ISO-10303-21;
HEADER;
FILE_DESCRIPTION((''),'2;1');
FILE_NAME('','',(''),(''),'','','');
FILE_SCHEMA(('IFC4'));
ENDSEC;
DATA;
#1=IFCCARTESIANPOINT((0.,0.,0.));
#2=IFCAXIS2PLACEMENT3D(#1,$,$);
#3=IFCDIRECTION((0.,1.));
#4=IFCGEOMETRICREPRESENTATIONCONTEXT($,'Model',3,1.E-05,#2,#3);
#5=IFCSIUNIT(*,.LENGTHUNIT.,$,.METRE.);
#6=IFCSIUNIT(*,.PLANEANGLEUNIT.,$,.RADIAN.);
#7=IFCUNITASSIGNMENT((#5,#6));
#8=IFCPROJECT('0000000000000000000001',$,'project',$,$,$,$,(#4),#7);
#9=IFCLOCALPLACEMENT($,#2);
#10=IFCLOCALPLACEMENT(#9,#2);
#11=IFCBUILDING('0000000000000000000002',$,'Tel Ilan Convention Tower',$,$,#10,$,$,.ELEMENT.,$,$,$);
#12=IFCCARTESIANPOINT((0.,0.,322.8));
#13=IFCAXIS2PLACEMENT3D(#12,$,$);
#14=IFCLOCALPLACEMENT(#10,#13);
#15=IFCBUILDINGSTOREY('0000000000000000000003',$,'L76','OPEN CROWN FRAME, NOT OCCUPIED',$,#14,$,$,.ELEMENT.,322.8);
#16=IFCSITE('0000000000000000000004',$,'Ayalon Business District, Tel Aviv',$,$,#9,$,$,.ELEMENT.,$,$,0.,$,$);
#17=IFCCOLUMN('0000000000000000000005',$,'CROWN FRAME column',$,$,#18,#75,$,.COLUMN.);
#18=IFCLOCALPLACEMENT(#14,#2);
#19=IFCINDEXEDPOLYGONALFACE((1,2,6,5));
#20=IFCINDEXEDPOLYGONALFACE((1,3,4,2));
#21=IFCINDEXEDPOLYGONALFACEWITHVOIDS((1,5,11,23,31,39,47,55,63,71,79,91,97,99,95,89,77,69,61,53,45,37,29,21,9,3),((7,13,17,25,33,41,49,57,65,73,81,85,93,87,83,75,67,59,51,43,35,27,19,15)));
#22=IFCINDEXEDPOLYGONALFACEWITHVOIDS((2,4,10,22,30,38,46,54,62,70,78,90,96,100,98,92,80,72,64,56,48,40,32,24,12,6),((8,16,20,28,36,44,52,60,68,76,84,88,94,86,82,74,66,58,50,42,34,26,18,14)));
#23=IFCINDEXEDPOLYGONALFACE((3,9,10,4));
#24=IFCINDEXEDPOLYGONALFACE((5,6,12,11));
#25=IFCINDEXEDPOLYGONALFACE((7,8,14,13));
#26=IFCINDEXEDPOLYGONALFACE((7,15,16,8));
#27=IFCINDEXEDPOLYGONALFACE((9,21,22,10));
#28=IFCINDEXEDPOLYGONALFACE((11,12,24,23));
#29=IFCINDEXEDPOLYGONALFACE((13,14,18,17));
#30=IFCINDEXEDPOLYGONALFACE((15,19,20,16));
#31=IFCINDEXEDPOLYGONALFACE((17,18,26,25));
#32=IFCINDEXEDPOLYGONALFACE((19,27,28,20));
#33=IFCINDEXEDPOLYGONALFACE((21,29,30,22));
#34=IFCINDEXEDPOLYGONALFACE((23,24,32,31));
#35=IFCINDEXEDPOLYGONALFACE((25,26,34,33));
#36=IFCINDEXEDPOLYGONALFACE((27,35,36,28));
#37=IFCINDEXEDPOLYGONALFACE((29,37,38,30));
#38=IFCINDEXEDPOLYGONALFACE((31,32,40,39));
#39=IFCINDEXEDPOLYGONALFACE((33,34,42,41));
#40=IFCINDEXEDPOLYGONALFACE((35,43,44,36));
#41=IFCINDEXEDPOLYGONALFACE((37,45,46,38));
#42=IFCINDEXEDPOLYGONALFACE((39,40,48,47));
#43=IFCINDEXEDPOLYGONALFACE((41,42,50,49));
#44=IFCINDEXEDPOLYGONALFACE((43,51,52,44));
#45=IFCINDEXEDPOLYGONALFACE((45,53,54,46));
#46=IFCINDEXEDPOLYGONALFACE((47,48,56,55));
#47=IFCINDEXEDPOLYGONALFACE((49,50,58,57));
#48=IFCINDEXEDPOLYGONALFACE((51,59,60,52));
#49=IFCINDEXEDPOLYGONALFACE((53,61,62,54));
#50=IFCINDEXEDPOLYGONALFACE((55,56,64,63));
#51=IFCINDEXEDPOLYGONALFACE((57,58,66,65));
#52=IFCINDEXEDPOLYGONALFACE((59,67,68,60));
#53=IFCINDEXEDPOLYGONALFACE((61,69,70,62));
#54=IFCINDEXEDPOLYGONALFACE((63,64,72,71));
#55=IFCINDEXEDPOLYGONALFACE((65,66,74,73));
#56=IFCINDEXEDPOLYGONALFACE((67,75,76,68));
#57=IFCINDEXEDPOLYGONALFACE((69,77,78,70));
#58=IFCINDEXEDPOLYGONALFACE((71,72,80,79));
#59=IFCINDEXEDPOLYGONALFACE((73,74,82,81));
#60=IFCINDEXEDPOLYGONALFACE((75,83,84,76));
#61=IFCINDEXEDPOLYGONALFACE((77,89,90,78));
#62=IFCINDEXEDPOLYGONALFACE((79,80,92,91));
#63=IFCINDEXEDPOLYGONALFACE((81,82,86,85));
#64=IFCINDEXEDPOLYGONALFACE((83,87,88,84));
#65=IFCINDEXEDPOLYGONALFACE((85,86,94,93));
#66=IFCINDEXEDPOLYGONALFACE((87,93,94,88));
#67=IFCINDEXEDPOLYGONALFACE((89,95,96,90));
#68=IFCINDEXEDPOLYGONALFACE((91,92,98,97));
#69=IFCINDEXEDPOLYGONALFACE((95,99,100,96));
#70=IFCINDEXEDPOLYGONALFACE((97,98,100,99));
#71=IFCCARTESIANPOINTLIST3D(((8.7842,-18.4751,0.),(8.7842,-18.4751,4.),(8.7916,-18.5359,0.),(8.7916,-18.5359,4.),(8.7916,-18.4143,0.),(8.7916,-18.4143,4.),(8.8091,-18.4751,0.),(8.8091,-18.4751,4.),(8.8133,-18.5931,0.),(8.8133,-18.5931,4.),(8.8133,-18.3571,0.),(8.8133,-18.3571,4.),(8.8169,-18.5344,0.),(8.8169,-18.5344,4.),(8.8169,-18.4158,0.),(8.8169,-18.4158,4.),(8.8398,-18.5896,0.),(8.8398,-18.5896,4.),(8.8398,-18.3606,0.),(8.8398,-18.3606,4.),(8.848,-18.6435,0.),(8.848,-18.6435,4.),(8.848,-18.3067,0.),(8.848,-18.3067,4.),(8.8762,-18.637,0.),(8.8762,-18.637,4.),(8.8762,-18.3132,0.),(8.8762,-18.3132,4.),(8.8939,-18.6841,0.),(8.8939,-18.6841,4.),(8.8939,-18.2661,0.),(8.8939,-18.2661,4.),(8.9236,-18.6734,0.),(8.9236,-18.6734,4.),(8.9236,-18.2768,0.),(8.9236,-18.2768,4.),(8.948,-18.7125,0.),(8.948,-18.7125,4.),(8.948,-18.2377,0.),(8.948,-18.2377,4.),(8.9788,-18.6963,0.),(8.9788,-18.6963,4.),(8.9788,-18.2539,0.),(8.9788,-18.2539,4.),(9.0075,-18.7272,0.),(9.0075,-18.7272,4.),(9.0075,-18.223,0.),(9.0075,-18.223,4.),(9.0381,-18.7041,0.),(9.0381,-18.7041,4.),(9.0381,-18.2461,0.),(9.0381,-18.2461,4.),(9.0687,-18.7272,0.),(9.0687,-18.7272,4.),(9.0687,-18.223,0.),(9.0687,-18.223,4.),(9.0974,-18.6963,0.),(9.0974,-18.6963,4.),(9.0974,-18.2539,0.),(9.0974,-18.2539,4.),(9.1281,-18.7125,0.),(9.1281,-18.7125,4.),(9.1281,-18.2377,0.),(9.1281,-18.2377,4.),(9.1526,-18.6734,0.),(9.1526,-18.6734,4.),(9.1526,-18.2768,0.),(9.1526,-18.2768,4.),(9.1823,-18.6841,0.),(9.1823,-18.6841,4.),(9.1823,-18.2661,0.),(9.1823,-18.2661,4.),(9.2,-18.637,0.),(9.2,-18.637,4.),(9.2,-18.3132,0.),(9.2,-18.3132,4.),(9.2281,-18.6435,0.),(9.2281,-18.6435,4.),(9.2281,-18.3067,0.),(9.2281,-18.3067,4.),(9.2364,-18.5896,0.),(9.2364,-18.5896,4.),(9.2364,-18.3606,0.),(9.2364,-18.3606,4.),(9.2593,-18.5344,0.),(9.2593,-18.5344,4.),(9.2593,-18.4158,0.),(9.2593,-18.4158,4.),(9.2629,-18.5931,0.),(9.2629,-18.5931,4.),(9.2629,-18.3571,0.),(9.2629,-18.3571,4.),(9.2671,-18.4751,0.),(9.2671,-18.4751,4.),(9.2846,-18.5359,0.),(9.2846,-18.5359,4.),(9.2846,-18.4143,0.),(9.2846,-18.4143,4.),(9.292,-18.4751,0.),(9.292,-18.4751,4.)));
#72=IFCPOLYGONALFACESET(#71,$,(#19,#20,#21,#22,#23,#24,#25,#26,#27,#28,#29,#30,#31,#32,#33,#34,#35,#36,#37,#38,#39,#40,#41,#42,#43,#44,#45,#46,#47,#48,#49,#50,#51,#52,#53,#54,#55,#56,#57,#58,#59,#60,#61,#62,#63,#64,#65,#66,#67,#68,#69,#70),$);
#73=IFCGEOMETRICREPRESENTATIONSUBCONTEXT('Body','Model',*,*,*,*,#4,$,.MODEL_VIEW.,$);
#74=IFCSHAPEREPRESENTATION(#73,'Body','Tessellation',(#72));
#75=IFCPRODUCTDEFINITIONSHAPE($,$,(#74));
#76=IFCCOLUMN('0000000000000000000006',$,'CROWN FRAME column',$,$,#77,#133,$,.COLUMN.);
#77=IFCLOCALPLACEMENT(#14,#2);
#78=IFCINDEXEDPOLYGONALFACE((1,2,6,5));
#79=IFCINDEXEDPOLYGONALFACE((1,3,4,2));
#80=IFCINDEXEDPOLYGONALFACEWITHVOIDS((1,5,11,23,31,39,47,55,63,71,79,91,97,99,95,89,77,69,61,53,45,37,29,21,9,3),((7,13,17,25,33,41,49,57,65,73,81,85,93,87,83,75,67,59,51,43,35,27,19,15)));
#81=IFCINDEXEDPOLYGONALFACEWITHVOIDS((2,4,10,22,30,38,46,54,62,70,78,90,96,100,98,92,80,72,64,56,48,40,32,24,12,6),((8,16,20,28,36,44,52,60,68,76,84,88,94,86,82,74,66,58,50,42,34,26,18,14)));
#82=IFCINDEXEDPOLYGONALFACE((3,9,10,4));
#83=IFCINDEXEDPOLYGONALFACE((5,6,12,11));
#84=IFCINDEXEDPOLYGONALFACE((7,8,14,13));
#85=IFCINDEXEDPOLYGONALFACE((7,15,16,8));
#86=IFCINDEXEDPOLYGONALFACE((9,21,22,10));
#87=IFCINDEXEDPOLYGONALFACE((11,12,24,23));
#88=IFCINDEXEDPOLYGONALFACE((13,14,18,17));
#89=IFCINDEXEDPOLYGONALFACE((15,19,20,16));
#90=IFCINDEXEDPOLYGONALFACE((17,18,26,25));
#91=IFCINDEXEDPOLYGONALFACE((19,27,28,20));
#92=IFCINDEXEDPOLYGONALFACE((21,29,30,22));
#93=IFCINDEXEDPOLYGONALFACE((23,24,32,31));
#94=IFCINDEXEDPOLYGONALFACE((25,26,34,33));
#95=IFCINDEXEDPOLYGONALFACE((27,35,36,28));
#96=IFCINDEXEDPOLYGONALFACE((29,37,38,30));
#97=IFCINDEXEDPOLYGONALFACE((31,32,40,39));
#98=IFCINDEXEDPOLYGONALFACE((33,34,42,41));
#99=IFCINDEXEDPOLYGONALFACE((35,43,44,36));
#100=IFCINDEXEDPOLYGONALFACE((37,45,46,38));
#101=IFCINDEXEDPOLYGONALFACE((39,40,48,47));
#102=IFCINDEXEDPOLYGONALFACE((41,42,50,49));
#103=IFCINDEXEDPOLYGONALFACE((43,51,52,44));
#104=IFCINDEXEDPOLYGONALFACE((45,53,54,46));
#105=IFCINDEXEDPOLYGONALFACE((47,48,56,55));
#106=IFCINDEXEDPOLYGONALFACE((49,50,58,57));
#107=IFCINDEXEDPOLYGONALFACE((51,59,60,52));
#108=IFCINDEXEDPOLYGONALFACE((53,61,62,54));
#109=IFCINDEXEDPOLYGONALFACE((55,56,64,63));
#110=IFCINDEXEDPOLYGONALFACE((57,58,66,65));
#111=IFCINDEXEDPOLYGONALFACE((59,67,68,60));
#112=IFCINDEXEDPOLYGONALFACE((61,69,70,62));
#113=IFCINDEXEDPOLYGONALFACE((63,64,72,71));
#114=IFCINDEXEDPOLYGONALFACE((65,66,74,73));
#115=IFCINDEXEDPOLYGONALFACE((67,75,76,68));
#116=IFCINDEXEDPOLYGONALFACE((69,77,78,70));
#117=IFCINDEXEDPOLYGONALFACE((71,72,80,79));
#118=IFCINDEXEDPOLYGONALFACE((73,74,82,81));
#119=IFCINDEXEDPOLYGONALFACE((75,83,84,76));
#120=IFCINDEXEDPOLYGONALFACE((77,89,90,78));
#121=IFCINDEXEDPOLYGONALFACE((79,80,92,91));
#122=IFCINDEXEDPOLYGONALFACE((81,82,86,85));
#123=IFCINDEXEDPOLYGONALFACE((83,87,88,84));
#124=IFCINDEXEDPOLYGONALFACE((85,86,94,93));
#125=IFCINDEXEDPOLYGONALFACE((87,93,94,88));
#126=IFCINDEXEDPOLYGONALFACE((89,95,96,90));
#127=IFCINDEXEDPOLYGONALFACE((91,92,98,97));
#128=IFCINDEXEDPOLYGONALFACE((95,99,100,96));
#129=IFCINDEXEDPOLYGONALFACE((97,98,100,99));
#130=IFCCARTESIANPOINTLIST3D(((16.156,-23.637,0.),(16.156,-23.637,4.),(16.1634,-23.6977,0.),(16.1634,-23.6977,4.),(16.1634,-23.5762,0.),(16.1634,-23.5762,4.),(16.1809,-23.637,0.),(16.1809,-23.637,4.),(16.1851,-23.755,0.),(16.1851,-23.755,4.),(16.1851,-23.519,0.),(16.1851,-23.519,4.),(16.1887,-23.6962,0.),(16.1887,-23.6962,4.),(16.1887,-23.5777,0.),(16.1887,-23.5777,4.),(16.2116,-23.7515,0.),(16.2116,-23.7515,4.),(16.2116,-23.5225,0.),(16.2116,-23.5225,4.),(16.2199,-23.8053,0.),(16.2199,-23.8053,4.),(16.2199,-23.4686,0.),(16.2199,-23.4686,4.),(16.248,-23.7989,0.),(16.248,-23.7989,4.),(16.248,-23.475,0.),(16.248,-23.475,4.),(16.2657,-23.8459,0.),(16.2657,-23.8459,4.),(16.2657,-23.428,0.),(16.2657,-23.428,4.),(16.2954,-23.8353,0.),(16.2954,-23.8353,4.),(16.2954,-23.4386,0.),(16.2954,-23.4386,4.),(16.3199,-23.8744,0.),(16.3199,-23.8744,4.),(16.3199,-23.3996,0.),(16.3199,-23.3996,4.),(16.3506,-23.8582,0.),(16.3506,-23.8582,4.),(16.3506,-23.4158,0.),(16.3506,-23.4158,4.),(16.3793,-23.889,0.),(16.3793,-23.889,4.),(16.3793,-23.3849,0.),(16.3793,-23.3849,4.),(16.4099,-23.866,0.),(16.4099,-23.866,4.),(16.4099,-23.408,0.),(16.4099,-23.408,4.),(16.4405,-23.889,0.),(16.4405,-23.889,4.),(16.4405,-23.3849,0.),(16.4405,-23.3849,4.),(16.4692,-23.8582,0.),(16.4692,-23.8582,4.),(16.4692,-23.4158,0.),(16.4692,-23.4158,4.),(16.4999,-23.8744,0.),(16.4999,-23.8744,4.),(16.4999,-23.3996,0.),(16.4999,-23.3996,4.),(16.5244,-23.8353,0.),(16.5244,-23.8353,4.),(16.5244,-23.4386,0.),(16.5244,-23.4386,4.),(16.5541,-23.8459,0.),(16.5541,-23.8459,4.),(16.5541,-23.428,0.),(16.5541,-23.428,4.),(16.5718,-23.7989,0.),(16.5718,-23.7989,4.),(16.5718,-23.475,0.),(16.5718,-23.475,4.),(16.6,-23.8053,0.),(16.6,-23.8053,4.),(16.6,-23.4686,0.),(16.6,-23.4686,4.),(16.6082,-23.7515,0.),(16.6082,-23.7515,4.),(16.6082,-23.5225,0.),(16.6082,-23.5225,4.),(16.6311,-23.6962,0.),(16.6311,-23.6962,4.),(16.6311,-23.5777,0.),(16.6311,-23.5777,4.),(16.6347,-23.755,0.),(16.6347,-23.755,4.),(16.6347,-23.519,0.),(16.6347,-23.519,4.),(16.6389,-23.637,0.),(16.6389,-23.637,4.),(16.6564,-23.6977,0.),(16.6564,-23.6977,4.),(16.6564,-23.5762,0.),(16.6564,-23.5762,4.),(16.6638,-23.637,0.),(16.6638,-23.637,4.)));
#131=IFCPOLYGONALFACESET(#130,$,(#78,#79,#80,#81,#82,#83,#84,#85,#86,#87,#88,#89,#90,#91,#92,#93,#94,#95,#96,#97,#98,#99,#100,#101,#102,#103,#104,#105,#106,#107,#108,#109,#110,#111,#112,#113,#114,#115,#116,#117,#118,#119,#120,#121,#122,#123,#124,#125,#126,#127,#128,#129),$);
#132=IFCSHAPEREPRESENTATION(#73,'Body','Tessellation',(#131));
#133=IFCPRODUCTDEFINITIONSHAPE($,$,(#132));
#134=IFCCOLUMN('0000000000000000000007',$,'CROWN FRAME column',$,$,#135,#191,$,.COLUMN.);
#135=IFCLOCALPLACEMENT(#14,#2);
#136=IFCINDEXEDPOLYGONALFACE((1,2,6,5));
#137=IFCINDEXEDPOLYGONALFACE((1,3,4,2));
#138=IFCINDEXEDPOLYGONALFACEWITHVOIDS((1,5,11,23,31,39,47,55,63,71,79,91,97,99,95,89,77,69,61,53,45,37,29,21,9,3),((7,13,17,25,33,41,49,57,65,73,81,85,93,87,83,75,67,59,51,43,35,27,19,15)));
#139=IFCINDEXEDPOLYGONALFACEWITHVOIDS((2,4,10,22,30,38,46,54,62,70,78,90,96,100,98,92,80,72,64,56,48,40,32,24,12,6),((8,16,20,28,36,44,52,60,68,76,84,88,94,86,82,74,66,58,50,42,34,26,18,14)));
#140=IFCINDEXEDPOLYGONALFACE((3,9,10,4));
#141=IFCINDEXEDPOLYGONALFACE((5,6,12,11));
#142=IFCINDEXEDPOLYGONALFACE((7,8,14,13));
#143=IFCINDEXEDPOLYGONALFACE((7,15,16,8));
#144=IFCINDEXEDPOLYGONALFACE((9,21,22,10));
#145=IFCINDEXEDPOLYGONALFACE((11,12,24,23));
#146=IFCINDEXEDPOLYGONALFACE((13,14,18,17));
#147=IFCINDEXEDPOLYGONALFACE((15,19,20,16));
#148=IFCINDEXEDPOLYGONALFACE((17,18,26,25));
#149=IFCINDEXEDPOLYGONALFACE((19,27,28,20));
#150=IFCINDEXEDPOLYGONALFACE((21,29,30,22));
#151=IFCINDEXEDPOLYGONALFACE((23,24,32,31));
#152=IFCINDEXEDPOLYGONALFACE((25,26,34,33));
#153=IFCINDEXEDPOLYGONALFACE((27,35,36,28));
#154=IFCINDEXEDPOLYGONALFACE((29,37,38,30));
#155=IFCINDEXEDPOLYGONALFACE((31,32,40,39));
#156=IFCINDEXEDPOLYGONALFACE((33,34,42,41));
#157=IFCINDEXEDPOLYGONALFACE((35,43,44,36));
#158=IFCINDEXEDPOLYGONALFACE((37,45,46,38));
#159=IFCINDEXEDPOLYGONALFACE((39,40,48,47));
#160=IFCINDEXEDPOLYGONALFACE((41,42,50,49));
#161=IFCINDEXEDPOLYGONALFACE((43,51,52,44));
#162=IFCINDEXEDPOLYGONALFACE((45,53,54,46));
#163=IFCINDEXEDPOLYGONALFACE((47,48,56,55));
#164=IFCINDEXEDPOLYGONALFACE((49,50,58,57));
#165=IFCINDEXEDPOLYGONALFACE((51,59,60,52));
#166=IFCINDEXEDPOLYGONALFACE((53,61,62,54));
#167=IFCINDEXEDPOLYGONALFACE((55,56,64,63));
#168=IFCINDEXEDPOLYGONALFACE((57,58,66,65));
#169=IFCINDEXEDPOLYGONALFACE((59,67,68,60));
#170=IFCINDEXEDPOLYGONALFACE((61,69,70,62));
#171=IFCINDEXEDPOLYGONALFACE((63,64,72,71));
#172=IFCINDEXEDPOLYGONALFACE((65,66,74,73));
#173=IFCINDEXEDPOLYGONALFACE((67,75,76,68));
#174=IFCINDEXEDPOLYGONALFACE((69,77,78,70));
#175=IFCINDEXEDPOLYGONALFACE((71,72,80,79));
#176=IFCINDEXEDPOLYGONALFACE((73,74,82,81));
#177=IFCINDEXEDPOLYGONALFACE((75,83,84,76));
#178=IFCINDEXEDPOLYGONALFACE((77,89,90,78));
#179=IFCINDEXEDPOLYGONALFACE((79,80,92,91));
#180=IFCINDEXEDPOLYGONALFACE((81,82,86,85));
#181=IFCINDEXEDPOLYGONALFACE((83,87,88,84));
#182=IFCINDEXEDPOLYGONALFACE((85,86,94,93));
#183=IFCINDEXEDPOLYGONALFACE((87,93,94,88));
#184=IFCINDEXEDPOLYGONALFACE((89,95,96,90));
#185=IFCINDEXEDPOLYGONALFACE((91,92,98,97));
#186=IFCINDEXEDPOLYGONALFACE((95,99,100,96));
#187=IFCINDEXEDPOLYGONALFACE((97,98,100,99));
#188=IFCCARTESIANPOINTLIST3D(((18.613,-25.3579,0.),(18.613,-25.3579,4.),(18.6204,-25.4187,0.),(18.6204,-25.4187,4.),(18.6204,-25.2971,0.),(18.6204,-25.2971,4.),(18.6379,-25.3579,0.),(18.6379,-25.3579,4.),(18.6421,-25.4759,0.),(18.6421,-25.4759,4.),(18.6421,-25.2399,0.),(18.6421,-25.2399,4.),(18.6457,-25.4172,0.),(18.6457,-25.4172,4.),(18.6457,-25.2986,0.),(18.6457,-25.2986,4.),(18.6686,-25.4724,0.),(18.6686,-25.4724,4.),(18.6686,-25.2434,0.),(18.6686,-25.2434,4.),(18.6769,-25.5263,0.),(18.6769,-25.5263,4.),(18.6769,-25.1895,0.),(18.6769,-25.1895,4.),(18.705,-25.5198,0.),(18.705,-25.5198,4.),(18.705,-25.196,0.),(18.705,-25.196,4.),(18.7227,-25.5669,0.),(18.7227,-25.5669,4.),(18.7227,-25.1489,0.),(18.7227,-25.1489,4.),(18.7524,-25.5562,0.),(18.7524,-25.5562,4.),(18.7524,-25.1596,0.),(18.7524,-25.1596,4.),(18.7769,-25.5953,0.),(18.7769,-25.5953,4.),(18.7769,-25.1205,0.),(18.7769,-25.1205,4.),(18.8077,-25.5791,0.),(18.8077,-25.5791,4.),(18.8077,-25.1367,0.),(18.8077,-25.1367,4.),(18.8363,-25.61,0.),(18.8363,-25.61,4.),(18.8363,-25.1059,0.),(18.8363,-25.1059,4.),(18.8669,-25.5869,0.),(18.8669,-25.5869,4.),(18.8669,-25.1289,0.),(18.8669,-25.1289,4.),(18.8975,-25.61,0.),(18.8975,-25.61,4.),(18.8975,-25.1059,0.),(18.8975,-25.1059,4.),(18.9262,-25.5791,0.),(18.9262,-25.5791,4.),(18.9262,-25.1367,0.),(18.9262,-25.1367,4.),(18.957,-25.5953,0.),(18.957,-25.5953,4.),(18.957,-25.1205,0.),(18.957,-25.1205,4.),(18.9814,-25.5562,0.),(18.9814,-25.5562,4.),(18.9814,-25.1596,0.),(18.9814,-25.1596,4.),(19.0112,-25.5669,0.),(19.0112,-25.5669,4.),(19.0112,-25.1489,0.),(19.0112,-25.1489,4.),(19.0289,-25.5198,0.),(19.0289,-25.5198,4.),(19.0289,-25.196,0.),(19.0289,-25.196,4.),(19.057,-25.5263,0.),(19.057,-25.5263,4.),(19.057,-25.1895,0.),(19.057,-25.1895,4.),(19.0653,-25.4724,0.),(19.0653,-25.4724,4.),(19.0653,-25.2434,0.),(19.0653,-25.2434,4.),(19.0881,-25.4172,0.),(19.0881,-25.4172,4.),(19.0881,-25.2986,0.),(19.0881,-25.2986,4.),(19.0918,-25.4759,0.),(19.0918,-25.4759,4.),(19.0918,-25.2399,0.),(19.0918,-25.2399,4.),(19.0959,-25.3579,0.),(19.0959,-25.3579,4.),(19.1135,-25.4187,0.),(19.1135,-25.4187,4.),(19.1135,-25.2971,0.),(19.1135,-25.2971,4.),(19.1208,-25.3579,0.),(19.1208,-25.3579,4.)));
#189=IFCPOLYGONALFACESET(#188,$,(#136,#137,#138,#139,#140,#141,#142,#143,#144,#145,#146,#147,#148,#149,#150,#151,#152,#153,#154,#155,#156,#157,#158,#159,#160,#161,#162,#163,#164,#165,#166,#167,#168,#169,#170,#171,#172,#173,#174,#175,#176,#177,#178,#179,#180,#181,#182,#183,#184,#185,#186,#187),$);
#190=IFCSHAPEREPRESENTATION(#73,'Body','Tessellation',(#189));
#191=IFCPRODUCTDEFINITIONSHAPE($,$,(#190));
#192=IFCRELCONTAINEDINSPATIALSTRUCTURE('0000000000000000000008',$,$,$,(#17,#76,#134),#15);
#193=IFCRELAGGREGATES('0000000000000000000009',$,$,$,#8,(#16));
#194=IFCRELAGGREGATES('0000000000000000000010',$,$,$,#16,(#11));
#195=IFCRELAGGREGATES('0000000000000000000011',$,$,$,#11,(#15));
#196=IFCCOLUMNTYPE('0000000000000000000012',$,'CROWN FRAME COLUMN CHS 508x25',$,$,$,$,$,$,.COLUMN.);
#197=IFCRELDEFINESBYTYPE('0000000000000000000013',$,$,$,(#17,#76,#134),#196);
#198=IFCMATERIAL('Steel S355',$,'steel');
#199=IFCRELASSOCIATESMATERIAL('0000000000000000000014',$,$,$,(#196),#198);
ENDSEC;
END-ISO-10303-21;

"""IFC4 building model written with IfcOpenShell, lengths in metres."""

from ifc_helpers import new_model, si_unit, direction, frame, origin, origin_2d, place, context, subcontext, project, spatial, hollow_circle, extrude, material, material_profile, profile_set, type_object, element, save


model = new_model("IFC4")

# Units and contexts
model_context = context("Model", 3, precision=1e-05, world=origin(), true_north=direction((0.0, 1.0)))
body_context = subcontext(model_context, "Body", "Model", "MODEL_VIEW")
ifc_project = project(units=[si_unit("LENGTHUNIT", "METRE"), si_unit("PLANEANGLEUNIT", "RADIAN")], contexts=[model_context])

# Site, building, storey
site_placement = place(None, origin())
site = spatial("IfcSite", under=ifc_project, at=site_placement, Name="Ayalon Business District, Tel Aviv", CompositionType="ELEMENT", RefElevation=0.0)
building_placement = place(site_placement, origin())
building = spatial("IfcBuilding", under=site, at=building_placement, Name="Tel Ilan Convention Tower", CompositionType="ELEMENT")
storey_placement = place(building_placement, frame((0.0, 0.0, 322.8)))
storey = spatial("IfcBuildingStorey", under=building, at=storey_placement, Name="L76", Description="OPEN CROWN FRAME, NOT OCCUPIED", CompositionType="ELEMENT", Elevation=322.8)

# Columns
ifc_material_1 = material(Name="Steel S355", Category="steel")
ifc_material_profile_1 = material_profile(ifc_material_1, hollow_circle(Radius=0.2539, WallThickness=0.0249, at=origin_2d()), Name="CHS 508x25")
ifc_profile_set_1 = profile_set([ifc_material_profile_1], Name="Steel S355")
column_type = type_object("IfcColumnType", Name="CROWN FRAME COLUMN CHS 508x25", PredefinedType="COLUMN", material=ifc_profile_set_1)
for number, where, z_axis, x_axis, name in (
    (1, (9.0381, -18.4751, 0.0), (0.0, 0.0, 1.0), (1.0, 0.0, 0.0), "CROWN FRAME column"),
    (2, (16.4099, -23.637, 0.0), (0.0, 0.0, 1.0), (1.0, 0.0, 0.0), "CROWN FRAME column"),
    (3, (18.8669, -25.3579, 0.0), (0.0, 0.0, 1.0), (1.0, 0.0, 0.0), "CROWN FRAME column"),
):
    element("IfcColumn", number, at=place(storey_placement, frame(where, z_axis=z_axis, x_axis=x_axis)), inside=storey, type_object=column_type, Name=name, PredefinedType="COLUMN", context=body_context, shape_type="SweptSolid", body=[
        extrude(hollow_circle(Radius=0.2539, WallThickness=0.0249, at=origin_2d()), origin(), (0.0, 0.0, 1.0), 4.0),
    ])

save(model, "model.ifc")
